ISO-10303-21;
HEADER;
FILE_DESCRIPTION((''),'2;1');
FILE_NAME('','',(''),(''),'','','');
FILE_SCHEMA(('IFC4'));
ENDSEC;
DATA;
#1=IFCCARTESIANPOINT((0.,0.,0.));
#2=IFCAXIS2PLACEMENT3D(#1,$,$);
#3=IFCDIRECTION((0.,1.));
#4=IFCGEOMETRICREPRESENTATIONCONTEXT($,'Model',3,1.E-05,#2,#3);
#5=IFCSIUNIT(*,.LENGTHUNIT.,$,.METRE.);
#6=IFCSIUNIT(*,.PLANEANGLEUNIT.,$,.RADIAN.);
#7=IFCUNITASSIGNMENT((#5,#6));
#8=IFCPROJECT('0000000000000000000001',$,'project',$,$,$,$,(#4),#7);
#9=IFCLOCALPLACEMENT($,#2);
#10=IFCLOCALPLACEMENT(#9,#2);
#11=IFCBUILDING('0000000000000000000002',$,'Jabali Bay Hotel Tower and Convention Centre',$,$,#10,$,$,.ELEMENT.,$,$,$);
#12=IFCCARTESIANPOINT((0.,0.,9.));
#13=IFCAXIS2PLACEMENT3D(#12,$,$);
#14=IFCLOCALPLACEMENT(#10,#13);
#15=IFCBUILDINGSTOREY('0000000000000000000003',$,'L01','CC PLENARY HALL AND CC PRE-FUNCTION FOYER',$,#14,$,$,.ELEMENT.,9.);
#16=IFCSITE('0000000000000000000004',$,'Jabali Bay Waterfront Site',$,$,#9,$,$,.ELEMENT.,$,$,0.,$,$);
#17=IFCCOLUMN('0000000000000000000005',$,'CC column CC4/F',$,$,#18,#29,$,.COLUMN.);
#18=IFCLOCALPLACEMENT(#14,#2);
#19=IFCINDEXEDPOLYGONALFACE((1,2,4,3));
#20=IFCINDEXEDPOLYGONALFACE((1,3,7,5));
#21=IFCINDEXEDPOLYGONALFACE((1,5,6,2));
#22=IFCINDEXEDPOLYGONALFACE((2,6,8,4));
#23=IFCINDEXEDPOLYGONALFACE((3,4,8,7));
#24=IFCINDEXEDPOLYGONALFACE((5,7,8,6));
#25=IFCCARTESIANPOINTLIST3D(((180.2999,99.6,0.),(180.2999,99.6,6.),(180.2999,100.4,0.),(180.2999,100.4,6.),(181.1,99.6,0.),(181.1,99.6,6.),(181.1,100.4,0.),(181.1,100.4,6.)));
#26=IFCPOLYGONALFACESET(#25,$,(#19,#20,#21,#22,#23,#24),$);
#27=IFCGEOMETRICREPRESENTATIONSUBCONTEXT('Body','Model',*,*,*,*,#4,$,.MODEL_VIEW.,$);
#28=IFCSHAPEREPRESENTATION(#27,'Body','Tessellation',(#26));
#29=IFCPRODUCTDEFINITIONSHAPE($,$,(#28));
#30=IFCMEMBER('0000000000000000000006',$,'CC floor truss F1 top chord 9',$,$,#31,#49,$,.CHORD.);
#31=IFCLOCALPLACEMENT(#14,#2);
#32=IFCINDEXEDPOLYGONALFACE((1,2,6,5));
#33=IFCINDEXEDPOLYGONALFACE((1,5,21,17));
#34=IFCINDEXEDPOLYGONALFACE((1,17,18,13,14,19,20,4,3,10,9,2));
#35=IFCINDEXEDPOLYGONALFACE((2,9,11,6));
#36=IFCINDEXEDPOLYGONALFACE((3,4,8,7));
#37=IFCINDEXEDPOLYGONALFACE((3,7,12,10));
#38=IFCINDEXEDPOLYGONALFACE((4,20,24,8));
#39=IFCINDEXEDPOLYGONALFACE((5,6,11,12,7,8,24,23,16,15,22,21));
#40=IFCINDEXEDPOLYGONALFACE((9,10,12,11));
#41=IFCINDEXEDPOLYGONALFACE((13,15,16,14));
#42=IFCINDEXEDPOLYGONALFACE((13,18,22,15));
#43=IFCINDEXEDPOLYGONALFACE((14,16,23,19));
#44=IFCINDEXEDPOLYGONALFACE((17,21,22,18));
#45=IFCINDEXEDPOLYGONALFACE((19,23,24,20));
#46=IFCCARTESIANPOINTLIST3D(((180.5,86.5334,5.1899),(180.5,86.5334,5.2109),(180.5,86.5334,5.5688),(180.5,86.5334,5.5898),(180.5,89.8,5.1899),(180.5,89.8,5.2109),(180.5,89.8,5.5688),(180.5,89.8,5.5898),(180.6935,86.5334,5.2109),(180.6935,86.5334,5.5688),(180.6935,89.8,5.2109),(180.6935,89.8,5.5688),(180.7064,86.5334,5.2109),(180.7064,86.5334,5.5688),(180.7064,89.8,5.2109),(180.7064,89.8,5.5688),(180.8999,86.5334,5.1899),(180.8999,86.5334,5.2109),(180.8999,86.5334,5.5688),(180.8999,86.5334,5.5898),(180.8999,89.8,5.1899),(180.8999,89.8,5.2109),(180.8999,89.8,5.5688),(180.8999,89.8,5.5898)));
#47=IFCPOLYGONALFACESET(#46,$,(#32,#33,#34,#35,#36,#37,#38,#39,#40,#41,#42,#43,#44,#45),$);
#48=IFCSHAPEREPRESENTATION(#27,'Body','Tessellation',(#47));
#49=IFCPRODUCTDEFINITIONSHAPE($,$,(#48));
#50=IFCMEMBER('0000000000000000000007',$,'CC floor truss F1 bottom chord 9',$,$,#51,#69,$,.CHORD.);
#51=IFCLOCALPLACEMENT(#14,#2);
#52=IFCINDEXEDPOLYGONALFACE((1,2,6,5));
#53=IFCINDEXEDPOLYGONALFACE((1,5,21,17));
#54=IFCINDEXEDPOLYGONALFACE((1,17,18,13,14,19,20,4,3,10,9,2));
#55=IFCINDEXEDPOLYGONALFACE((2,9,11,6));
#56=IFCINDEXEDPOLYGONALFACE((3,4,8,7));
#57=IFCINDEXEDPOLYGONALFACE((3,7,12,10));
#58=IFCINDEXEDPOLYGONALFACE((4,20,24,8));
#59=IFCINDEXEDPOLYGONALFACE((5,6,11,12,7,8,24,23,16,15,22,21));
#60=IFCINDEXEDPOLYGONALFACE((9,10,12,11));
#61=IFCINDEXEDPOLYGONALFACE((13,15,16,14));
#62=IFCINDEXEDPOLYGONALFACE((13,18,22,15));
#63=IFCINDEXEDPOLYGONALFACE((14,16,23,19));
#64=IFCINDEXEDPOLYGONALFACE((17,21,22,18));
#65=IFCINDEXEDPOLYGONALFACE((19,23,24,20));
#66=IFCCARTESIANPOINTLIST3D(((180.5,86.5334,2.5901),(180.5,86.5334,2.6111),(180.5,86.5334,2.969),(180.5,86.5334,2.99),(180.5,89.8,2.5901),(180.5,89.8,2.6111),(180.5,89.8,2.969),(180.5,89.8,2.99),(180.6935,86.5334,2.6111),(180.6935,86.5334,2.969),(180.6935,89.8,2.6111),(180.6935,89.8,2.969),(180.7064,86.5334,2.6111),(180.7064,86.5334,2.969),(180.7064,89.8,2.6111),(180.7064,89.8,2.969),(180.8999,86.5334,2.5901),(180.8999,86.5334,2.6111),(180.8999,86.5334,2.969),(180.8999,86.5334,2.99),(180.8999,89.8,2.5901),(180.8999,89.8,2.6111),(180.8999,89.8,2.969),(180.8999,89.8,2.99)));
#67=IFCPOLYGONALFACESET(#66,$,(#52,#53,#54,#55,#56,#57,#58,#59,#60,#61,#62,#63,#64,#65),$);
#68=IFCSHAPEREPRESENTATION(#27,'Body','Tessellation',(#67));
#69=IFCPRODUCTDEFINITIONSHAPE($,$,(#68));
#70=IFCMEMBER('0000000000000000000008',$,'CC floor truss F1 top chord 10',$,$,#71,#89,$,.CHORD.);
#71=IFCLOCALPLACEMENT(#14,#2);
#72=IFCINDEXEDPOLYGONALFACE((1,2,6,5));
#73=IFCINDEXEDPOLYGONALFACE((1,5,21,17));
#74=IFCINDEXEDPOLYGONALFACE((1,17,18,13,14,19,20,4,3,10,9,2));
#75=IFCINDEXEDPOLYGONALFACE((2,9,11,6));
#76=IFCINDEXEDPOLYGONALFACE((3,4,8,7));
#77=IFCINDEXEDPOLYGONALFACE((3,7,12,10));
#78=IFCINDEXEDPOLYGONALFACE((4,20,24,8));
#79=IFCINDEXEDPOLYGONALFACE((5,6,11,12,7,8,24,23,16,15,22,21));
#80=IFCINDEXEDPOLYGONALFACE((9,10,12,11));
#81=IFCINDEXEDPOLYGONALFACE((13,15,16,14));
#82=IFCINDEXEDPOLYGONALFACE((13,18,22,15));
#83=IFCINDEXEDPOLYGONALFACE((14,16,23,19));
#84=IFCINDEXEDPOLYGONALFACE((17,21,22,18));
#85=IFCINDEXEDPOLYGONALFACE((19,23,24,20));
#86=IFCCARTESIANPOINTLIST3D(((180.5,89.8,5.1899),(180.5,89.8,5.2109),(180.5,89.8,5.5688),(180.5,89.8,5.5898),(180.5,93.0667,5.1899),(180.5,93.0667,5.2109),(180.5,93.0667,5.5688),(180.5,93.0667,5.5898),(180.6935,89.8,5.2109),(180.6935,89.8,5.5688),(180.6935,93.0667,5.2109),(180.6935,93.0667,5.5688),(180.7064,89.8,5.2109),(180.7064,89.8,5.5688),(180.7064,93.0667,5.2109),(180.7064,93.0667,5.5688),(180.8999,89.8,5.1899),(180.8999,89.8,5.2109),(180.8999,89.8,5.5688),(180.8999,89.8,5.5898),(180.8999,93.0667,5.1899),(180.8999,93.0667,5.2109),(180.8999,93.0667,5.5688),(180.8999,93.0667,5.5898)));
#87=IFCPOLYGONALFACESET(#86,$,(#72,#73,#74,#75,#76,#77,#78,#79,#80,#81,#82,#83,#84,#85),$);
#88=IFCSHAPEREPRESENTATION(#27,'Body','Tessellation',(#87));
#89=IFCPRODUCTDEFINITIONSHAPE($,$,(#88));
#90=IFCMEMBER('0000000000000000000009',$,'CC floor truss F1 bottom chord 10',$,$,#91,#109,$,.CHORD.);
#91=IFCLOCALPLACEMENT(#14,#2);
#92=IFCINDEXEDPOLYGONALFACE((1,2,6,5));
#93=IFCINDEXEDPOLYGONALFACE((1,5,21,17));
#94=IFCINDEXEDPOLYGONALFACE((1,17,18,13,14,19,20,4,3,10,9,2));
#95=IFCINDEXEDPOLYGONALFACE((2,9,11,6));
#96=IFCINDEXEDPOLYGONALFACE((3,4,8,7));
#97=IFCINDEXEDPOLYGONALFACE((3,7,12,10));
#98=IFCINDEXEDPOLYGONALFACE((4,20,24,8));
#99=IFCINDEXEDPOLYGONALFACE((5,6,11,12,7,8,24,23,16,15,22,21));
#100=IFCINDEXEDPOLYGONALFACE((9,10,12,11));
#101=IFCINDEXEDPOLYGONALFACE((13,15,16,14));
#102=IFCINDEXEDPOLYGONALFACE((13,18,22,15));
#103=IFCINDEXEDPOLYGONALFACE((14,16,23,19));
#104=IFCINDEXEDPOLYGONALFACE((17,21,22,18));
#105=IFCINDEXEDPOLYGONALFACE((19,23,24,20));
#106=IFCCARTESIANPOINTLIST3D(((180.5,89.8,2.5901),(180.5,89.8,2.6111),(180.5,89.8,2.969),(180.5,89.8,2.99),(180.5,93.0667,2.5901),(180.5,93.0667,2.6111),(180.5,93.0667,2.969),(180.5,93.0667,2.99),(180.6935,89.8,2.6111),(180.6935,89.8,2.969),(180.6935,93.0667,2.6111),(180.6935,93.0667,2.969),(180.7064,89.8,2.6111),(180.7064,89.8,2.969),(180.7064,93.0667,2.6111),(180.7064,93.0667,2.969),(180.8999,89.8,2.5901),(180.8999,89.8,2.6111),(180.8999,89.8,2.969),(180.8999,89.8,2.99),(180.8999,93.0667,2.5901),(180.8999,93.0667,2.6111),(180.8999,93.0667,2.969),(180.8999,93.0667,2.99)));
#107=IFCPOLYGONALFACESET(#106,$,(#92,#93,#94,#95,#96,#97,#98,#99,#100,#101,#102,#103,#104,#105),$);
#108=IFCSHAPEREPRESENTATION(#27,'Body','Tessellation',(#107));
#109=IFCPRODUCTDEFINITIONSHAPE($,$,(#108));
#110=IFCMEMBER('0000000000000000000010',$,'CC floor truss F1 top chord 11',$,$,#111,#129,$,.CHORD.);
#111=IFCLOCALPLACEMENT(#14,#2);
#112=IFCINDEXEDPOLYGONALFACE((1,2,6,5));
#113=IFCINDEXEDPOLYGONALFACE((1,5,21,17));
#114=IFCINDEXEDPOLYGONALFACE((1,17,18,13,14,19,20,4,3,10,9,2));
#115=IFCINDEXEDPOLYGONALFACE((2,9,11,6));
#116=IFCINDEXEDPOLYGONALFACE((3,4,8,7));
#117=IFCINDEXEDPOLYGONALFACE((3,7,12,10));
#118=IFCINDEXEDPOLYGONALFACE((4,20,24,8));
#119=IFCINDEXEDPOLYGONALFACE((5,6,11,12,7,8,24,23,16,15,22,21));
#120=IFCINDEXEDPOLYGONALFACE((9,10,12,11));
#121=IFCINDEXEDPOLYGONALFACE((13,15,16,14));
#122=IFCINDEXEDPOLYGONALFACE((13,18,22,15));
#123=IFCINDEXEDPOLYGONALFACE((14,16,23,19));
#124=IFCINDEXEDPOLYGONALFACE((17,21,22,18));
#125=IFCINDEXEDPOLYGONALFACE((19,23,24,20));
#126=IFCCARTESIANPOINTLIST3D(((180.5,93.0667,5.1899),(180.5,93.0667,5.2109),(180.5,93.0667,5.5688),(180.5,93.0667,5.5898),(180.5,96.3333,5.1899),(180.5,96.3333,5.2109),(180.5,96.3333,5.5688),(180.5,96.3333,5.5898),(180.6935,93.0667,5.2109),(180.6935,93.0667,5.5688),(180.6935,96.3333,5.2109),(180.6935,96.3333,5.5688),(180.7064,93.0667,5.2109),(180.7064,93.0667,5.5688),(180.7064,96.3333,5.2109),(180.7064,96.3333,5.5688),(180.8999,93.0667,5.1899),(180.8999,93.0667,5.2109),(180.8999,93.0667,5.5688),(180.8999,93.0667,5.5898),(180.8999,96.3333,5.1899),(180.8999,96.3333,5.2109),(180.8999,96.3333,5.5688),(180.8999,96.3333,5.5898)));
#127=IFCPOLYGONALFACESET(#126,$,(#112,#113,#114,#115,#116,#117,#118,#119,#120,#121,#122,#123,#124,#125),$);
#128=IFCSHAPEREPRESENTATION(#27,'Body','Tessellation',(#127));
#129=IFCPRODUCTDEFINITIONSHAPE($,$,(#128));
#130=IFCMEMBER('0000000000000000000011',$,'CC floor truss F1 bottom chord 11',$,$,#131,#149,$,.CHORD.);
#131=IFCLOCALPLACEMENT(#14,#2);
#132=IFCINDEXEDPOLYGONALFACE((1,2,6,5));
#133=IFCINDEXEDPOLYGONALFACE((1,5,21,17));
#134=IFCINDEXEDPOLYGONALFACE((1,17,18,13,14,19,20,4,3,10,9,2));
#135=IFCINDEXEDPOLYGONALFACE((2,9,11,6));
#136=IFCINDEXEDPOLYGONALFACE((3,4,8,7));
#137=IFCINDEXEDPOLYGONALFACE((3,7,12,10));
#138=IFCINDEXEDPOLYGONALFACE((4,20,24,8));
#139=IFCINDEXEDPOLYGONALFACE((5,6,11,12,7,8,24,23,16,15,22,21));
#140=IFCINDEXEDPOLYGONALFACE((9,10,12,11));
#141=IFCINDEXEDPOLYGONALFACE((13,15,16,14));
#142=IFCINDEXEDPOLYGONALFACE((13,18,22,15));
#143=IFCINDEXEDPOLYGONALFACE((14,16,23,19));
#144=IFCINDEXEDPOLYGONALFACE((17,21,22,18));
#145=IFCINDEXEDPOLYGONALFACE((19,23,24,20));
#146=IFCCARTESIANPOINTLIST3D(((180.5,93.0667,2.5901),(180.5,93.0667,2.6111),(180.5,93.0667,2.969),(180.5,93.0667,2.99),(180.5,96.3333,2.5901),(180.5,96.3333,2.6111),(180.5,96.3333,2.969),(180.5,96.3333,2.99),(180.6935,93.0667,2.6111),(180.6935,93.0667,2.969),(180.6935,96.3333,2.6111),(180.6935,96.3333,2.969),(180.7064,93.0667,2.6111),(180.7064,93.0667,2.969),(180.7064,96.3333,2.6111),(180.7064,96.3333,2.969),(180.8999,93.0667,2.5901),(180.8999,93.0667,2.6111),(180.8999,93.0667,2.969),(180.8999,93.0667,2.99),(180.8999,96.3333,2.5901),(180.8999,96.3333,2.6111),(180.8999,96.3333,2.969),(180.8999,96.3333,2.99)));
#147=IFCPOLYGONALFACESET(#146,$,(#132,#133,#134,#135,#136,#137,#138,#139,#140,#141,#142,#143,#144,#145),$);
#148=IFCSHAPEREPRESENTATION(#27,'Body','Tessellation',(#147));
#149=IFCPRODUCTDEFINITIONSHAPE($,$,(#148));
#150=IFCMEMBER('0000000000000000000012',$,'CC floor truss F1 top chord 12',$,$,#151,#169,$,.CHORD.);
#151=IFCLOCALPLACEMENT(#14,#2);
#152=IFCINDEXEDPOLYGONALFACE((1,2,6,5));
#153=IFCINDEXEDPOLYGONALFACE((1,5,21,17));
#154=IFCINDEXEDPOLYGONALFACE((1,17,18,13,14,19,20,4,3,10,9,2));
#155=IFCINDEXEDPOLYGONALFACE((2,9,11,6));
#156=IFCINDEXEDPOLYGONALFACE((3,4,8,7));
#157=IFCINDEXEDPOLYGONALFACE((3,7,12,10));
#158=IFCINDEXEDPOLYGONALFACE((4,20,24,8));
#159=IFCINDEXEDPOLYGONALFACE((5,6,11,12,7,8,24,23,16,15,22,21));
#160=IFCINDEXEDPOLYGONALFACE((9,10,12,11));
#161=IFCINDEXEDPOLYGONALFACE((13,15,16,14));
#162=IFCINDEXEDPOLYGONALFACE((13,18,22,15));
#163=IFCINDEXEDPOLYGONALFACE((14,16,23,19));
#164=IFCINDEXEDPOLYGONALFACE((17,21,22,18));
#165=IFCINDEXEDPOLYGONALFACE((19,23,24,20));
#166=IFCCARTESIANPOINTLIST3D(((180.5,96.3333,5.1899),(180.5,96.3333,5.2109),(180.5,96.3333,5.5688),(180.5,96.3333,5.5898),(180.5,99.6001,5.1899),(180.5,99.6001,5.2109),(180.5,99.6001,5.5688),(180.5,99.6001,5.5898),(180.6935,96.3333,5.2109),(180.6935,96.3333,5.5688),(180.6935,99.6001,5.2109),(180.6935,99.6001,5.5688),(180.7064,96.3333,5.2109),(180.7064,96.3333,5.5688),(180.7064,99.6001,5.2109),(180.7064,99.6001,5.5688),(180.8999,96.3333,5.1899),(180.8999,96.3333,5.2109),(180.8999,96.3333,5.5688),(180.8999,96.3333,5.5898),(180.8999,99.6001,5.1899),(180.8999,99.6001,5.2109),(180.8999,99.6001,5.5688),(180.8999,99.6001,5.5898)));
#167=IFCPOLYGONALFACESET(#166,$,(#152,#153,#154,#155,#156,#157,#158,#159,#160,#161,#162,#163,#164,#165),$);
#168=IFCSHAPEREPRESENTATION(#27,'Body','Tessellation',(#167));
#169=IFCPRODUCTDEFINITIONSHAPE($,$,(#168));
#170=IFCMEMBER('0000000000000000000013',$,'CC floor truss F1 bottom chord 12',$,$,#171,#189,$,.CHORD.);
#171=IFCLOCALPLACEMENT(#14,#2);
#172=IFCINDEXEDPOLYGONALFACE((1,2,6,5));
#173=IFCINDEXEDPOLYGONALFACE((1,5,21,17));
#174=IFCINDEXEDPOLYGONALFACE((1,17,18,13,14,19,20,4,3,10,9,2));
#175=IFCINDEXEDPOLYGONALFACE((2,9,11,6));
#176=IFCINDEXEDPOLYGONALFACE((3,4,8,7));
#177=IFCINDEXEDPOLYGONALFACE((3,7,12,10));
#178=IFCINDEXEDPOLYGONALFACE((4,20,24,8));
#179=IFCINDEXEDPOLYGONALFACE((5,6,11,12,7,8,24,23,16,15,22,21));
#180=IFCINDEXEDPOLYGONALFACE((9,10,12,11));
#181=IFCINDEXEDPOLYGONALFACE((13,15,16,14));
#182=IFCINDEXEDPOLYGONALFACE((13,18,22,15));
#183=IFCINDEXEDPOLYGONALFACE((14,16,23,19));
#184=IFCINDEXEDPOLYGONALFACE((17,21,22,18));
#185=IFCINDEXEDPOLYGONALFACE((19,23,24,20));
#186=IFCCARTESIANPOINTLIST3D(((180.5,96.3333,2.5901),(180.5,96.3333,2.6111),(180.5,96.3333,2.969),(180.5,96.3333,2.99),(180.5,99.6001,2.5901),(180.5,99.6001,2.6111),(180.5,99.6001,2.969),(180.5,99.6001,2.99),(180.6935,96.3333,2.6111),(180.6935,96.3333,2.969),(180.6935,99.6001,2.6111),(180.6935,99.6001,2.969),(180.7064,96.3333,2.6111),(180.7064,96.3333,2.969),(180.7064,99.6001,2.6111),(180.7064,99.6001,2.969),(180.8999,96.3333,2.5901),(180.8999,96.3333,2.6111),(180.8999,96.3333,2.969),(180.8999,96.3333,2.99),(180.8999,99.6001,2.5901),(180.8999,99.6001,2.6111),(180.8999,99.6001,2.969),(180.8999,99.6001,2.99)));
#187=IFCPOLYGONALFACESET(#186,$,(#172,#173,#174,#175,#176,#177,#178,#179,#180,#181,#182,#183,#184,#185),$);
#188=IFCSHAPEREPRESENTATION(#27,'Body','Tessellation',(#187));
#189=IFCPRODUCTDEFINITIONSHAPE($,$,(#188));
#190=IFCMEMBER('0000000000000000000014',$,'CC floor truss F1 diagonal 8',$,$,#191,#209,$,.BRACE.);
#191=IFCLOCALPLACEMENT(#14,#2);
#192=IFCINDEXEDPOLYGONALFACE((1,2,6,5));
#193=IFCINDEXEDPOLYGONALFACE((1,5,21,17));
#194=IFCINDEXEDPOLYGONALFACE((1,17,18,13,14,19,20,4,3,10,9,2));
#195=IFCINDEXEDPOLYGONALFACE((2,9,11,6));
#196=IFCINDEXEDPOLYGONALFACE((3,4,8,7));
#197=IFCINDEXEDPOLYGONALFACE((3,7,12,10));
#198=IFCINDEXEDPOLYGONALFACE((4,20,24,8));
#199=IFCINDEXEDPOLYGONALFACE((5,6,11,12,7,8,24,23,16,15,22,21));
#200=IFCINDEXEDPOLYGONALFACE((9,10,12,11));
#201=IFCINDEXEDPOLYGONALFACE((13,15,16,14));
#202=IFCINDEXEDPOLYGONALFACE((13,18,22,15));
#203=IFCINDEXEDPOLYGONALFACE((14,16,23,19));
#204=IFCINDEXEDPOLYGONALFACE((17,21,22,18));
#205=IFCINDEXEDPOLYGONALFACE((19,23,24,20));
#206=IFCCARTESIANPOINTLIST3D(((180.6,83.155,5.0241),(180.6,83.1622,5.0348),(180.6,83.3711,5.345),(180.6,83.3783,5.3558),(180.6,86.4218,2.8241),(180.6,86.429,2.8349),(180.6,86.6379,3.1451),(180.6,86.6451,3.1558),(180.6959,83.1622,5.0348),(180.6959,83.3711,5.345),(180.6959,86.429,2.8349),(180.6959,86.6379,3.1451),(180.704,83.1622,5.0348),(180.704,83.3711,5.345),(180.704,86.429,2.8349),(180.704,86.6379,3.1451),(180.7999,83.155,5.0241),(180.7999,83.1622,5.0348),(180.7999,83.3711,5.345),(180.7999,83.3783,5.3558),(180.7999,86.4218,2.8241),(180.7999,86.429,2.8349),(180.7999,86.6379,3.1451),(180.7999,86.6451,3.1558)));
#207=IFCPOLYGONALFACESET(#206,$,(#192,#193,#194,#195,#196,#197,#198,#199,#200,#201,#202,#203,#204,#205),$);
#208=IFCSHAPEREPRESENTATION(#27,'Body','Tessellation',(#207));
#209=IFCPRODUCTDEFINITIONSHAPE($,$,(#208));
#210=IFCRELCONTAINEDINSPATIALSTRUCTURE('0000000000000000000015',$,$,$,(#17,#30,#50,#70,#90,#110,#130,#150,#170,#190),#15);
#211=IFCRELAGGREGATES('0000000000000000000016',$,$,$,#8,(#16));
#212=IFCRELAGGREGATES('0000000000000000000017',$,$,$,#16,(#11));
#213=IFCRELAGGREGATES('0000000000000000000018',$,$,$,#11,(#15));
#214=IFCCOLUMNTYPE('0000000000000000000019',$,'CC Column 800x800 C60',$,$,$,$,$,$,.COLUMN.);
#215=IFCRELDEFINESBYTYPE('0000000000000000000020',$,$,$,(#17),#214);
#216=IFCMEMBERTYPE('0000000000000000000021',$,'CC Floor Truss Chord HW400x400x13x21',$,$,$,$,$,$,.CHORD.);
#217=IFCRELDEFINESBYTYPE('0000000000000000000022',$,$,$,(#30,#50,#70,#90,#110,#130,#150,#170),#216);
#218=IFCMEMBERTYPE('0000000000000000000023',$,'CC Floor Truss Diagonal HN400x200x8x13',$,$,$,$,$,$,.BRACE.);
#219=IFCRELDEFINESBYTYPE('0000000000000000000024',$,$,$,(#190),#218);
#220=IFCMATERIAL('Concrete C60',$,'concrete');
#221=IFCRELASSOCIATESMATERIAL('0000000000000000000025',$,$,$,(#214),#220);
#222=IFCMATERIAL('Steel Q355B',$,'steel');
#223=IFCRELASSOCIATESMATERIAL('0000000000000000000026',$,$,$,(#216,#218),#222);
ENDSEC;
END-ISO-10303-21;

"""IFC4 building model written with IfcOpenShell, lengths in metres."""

from ifc_helpers import new_model, si_unit, direction, frame, origin, origin_2d, place, context, subcontext, project, spatial, rectangle, i_section, extrude, material, material_profile, profile_set, type_object, element, save


model = new_model("IFC4")

# Units and contexts
model_context = context("Model", 3, precision=1e-05, world=origin(), true_north=direction((0.0, 1.0)))
body_context = subcontext(model_context, "Body", "Model", "MODEL_VIEW")
ifc_project = project(units=[si_unit("LENGTHUNIT", "METRE"), si_unit("PLANEANGLEUNIT", "RADIAN")], contexts=[model_context])

# Site, building, storey
site_placement = place(None, origin())
site = spatial("IfcSite", under=ifc_project, at=site_placement, Name="Jabali Bay Waterfront Site", CompositionType="ELEMENT", RefElevation=0.0)
building_placement = place(site_placement, origin())
building = spatial("IfcBuilding", under=site, at=building_placement, Name="Jabali Bay Hotel Tower and Convention Centre", CompositionType="ELEMENT")
storey_placement = place(building_placement, frame((0.0, 0.0, 9.0)))
storey = spatial("IfcBuildingStorey", under=building, at=storey_placement, Name="L01", Description="CC PLENARY HALL AND CC PRE-FUNCTION FOYER", CompositionType="ELEMENT", Elevation=9.0)

# Column
ifc_material_1 = material(Name="Concrete C60", Category="concrete")
ifc_material_profile_1 = material_profile(ifc_material_1, rectangle(XDim=0.8, YDim=0.8, at=origin_2d()), Name="RC 800x800")
ifc_profile_set_1 = profile_set([ifc_material_profile_1], Name="Concrete C60")
column_type = type_object("IfcColumnType", Name="CC Column 800x800 C60", PredefinedType="COLUMN", material=ifc_profile_set_1)
column_placement = place(storey_placement, frame((180.7, 100.0, 0.0), z_axis=(0.0, 0.0, 1.0), x_axis=(1.0, 0.0, 0.0)))
element("IfcColumn", 1, at=column_placement, inside=storey, type_object=column_type, Name="CC column CC4/F", PredefinedType="COLUMN", context=body_context, shape_type="SweptSolid", body=[
    extrude(rectangle(XDim=0.8, YDim=0.8, at=origin_2d()), origin(), (0.0, 0.0, 1.0), 6.0),
])

# Members
ifc_material_2 = material(Name="Steel Q355B", Category="steel")
ifc_material_profile_2 = material_profile(ifc_material_2, i_section(OverallWidth=0.3999, OverallDepth=0.3999, WebThickness=0.0129, FlangeThickness=0.021, at=origin_2d()), Name="HW400x400x13x21")
ifc_profile_set_2 = profile_set([ifc_material_profile_2], Name="Steel Q355B")
member_type_1 = type_object("IfcMemberType", Name="CC Floor Truss Chord HW400x400x13x21", PredefinedType="CHORD", material=ifc_profile_set_2)
for number, where, z_axis, x_axis, name in (
    (2, (180.7, 86.5334, 5.3899), (0.0, 1.0, 0.0), (-1.0, 0.0, 0.0), "CC floor truss F1 top chord 9"),
    (3, (180.7, 86.5334, 2.79), (0.0, 1.0, 0.0), (-1.0, 0.0, 0.0), "CC floor truss F1 bottom chord 9"),
    (4, (180.7, 89.8, 5.3899), (0.0, 1.0, 0.0), (-1.0, 0.0, 0.0), "CC floor truss F1 top chord 10"),
    (5, (180.7, 89.8, 2.79), (0.0, 1.0, 0.0), (-1.0, 0.0, 0.0), "CC floor truss F1 bottom chord 10"),
    (6, (180.7, 93.0667, 5.3899), (0.0, 1.0, 0.0), (-1.0, 0.0, 0.0), "CC floor truss F1 top chord 11"),
    (7, (180.7, 93.0667, 2.79), (0.0, 1.0, 0.0), (-1.0, 0.0, 0.0), "CC floor truss F1 bottom chord 11"),
):
    element("IfcMember", number, at=place(storey_placement, frame(where, z_axis=z_axis, x_axis=x_axis)), inside=storey, type_object=member_type_1, Name=name, PredefinedType="CHORD", context=body_context, shape_type="SweptSolid", body=[
        extrude(i_section(OverallWidth=0.3999, OverallDepth=0.3999, WebThickness=0.0129, FlangeThickness=0.021, at=origin_2d()), origin(), (0.0, 0.0, 1.0), 3.2666),
    ])
for number, where, z_axis, x_axis, name in (
    (8, (180.7, 96.3333, 5.3899), (0.0, 1.0, 0.0), (-1.0, 0.0, 0.0), "CC floor truss F1 top chord 12"),
    (9, (180.7, 96.3333, 2.79), (0.0, 1.0, 0.0), (-1.0, 0.0, 0.0), "CC floor truss F1 bottom chord 12"),
):
    element("IfcMember", number, at=place(storey_placement, frame(where, z_axis=z_axis, x_axis=x_axis)), inside=storey, type_object=member_type_1, Name=name, PredefinedType="CHORD", context=body_context, shape_type="SweptSolid", body=[
        extrude(i_section(OverallWidth=0.3999, OverallDepth=0.3999, WebThickness=0.0129, FlangeThickness=0.021, at=origin_2d()), origin(), (0.0, 0.0, 1.0), 3.2668),
    ])
ifc_material_profile_3 = material_profile(ifc_material_2, i_section(OverallWidth=0.2, OverallDepth=0.3999, WebThickness=0.0081, FlangeThickness=0.0129, at=origin_2d()), Name="HN400x200x8x13")
ifc_profile_set_3 = profile_set([ifc_material_profile_3], Name="Steel Q355B")
member_type_2 = type_object("IfcMemberType", Name="CC Floor Truss Diagonal HN400x200x8x13", PredefinedType="BRACE", material=ifc_profile_set_3)
member_1_placement = place(storey_placement, frame((180.7, 86.5334, 2.99), z_axis=(0.0, -0.829457, 0.558571), x_axis=(1.0, 0.0, 0.0)))
element("IfcMember", 10, at=member_1_placement, inside=storey, type_object=member_type_2, Name="CC floor truss F1 diagonal 8", PredefinedType="BRACE", context=body_context, shape_type="SweptSolid", body=[
    extrude(i_section(OverallWidth=0.2, OverallDepth=0.3999, WebThickness=0.0081, FlangeThickness=0.0129, at=origin_2d()), origin(), (0.0, 0.0, 1.0), 3.9385),
])

save(model, "model.ifc")
